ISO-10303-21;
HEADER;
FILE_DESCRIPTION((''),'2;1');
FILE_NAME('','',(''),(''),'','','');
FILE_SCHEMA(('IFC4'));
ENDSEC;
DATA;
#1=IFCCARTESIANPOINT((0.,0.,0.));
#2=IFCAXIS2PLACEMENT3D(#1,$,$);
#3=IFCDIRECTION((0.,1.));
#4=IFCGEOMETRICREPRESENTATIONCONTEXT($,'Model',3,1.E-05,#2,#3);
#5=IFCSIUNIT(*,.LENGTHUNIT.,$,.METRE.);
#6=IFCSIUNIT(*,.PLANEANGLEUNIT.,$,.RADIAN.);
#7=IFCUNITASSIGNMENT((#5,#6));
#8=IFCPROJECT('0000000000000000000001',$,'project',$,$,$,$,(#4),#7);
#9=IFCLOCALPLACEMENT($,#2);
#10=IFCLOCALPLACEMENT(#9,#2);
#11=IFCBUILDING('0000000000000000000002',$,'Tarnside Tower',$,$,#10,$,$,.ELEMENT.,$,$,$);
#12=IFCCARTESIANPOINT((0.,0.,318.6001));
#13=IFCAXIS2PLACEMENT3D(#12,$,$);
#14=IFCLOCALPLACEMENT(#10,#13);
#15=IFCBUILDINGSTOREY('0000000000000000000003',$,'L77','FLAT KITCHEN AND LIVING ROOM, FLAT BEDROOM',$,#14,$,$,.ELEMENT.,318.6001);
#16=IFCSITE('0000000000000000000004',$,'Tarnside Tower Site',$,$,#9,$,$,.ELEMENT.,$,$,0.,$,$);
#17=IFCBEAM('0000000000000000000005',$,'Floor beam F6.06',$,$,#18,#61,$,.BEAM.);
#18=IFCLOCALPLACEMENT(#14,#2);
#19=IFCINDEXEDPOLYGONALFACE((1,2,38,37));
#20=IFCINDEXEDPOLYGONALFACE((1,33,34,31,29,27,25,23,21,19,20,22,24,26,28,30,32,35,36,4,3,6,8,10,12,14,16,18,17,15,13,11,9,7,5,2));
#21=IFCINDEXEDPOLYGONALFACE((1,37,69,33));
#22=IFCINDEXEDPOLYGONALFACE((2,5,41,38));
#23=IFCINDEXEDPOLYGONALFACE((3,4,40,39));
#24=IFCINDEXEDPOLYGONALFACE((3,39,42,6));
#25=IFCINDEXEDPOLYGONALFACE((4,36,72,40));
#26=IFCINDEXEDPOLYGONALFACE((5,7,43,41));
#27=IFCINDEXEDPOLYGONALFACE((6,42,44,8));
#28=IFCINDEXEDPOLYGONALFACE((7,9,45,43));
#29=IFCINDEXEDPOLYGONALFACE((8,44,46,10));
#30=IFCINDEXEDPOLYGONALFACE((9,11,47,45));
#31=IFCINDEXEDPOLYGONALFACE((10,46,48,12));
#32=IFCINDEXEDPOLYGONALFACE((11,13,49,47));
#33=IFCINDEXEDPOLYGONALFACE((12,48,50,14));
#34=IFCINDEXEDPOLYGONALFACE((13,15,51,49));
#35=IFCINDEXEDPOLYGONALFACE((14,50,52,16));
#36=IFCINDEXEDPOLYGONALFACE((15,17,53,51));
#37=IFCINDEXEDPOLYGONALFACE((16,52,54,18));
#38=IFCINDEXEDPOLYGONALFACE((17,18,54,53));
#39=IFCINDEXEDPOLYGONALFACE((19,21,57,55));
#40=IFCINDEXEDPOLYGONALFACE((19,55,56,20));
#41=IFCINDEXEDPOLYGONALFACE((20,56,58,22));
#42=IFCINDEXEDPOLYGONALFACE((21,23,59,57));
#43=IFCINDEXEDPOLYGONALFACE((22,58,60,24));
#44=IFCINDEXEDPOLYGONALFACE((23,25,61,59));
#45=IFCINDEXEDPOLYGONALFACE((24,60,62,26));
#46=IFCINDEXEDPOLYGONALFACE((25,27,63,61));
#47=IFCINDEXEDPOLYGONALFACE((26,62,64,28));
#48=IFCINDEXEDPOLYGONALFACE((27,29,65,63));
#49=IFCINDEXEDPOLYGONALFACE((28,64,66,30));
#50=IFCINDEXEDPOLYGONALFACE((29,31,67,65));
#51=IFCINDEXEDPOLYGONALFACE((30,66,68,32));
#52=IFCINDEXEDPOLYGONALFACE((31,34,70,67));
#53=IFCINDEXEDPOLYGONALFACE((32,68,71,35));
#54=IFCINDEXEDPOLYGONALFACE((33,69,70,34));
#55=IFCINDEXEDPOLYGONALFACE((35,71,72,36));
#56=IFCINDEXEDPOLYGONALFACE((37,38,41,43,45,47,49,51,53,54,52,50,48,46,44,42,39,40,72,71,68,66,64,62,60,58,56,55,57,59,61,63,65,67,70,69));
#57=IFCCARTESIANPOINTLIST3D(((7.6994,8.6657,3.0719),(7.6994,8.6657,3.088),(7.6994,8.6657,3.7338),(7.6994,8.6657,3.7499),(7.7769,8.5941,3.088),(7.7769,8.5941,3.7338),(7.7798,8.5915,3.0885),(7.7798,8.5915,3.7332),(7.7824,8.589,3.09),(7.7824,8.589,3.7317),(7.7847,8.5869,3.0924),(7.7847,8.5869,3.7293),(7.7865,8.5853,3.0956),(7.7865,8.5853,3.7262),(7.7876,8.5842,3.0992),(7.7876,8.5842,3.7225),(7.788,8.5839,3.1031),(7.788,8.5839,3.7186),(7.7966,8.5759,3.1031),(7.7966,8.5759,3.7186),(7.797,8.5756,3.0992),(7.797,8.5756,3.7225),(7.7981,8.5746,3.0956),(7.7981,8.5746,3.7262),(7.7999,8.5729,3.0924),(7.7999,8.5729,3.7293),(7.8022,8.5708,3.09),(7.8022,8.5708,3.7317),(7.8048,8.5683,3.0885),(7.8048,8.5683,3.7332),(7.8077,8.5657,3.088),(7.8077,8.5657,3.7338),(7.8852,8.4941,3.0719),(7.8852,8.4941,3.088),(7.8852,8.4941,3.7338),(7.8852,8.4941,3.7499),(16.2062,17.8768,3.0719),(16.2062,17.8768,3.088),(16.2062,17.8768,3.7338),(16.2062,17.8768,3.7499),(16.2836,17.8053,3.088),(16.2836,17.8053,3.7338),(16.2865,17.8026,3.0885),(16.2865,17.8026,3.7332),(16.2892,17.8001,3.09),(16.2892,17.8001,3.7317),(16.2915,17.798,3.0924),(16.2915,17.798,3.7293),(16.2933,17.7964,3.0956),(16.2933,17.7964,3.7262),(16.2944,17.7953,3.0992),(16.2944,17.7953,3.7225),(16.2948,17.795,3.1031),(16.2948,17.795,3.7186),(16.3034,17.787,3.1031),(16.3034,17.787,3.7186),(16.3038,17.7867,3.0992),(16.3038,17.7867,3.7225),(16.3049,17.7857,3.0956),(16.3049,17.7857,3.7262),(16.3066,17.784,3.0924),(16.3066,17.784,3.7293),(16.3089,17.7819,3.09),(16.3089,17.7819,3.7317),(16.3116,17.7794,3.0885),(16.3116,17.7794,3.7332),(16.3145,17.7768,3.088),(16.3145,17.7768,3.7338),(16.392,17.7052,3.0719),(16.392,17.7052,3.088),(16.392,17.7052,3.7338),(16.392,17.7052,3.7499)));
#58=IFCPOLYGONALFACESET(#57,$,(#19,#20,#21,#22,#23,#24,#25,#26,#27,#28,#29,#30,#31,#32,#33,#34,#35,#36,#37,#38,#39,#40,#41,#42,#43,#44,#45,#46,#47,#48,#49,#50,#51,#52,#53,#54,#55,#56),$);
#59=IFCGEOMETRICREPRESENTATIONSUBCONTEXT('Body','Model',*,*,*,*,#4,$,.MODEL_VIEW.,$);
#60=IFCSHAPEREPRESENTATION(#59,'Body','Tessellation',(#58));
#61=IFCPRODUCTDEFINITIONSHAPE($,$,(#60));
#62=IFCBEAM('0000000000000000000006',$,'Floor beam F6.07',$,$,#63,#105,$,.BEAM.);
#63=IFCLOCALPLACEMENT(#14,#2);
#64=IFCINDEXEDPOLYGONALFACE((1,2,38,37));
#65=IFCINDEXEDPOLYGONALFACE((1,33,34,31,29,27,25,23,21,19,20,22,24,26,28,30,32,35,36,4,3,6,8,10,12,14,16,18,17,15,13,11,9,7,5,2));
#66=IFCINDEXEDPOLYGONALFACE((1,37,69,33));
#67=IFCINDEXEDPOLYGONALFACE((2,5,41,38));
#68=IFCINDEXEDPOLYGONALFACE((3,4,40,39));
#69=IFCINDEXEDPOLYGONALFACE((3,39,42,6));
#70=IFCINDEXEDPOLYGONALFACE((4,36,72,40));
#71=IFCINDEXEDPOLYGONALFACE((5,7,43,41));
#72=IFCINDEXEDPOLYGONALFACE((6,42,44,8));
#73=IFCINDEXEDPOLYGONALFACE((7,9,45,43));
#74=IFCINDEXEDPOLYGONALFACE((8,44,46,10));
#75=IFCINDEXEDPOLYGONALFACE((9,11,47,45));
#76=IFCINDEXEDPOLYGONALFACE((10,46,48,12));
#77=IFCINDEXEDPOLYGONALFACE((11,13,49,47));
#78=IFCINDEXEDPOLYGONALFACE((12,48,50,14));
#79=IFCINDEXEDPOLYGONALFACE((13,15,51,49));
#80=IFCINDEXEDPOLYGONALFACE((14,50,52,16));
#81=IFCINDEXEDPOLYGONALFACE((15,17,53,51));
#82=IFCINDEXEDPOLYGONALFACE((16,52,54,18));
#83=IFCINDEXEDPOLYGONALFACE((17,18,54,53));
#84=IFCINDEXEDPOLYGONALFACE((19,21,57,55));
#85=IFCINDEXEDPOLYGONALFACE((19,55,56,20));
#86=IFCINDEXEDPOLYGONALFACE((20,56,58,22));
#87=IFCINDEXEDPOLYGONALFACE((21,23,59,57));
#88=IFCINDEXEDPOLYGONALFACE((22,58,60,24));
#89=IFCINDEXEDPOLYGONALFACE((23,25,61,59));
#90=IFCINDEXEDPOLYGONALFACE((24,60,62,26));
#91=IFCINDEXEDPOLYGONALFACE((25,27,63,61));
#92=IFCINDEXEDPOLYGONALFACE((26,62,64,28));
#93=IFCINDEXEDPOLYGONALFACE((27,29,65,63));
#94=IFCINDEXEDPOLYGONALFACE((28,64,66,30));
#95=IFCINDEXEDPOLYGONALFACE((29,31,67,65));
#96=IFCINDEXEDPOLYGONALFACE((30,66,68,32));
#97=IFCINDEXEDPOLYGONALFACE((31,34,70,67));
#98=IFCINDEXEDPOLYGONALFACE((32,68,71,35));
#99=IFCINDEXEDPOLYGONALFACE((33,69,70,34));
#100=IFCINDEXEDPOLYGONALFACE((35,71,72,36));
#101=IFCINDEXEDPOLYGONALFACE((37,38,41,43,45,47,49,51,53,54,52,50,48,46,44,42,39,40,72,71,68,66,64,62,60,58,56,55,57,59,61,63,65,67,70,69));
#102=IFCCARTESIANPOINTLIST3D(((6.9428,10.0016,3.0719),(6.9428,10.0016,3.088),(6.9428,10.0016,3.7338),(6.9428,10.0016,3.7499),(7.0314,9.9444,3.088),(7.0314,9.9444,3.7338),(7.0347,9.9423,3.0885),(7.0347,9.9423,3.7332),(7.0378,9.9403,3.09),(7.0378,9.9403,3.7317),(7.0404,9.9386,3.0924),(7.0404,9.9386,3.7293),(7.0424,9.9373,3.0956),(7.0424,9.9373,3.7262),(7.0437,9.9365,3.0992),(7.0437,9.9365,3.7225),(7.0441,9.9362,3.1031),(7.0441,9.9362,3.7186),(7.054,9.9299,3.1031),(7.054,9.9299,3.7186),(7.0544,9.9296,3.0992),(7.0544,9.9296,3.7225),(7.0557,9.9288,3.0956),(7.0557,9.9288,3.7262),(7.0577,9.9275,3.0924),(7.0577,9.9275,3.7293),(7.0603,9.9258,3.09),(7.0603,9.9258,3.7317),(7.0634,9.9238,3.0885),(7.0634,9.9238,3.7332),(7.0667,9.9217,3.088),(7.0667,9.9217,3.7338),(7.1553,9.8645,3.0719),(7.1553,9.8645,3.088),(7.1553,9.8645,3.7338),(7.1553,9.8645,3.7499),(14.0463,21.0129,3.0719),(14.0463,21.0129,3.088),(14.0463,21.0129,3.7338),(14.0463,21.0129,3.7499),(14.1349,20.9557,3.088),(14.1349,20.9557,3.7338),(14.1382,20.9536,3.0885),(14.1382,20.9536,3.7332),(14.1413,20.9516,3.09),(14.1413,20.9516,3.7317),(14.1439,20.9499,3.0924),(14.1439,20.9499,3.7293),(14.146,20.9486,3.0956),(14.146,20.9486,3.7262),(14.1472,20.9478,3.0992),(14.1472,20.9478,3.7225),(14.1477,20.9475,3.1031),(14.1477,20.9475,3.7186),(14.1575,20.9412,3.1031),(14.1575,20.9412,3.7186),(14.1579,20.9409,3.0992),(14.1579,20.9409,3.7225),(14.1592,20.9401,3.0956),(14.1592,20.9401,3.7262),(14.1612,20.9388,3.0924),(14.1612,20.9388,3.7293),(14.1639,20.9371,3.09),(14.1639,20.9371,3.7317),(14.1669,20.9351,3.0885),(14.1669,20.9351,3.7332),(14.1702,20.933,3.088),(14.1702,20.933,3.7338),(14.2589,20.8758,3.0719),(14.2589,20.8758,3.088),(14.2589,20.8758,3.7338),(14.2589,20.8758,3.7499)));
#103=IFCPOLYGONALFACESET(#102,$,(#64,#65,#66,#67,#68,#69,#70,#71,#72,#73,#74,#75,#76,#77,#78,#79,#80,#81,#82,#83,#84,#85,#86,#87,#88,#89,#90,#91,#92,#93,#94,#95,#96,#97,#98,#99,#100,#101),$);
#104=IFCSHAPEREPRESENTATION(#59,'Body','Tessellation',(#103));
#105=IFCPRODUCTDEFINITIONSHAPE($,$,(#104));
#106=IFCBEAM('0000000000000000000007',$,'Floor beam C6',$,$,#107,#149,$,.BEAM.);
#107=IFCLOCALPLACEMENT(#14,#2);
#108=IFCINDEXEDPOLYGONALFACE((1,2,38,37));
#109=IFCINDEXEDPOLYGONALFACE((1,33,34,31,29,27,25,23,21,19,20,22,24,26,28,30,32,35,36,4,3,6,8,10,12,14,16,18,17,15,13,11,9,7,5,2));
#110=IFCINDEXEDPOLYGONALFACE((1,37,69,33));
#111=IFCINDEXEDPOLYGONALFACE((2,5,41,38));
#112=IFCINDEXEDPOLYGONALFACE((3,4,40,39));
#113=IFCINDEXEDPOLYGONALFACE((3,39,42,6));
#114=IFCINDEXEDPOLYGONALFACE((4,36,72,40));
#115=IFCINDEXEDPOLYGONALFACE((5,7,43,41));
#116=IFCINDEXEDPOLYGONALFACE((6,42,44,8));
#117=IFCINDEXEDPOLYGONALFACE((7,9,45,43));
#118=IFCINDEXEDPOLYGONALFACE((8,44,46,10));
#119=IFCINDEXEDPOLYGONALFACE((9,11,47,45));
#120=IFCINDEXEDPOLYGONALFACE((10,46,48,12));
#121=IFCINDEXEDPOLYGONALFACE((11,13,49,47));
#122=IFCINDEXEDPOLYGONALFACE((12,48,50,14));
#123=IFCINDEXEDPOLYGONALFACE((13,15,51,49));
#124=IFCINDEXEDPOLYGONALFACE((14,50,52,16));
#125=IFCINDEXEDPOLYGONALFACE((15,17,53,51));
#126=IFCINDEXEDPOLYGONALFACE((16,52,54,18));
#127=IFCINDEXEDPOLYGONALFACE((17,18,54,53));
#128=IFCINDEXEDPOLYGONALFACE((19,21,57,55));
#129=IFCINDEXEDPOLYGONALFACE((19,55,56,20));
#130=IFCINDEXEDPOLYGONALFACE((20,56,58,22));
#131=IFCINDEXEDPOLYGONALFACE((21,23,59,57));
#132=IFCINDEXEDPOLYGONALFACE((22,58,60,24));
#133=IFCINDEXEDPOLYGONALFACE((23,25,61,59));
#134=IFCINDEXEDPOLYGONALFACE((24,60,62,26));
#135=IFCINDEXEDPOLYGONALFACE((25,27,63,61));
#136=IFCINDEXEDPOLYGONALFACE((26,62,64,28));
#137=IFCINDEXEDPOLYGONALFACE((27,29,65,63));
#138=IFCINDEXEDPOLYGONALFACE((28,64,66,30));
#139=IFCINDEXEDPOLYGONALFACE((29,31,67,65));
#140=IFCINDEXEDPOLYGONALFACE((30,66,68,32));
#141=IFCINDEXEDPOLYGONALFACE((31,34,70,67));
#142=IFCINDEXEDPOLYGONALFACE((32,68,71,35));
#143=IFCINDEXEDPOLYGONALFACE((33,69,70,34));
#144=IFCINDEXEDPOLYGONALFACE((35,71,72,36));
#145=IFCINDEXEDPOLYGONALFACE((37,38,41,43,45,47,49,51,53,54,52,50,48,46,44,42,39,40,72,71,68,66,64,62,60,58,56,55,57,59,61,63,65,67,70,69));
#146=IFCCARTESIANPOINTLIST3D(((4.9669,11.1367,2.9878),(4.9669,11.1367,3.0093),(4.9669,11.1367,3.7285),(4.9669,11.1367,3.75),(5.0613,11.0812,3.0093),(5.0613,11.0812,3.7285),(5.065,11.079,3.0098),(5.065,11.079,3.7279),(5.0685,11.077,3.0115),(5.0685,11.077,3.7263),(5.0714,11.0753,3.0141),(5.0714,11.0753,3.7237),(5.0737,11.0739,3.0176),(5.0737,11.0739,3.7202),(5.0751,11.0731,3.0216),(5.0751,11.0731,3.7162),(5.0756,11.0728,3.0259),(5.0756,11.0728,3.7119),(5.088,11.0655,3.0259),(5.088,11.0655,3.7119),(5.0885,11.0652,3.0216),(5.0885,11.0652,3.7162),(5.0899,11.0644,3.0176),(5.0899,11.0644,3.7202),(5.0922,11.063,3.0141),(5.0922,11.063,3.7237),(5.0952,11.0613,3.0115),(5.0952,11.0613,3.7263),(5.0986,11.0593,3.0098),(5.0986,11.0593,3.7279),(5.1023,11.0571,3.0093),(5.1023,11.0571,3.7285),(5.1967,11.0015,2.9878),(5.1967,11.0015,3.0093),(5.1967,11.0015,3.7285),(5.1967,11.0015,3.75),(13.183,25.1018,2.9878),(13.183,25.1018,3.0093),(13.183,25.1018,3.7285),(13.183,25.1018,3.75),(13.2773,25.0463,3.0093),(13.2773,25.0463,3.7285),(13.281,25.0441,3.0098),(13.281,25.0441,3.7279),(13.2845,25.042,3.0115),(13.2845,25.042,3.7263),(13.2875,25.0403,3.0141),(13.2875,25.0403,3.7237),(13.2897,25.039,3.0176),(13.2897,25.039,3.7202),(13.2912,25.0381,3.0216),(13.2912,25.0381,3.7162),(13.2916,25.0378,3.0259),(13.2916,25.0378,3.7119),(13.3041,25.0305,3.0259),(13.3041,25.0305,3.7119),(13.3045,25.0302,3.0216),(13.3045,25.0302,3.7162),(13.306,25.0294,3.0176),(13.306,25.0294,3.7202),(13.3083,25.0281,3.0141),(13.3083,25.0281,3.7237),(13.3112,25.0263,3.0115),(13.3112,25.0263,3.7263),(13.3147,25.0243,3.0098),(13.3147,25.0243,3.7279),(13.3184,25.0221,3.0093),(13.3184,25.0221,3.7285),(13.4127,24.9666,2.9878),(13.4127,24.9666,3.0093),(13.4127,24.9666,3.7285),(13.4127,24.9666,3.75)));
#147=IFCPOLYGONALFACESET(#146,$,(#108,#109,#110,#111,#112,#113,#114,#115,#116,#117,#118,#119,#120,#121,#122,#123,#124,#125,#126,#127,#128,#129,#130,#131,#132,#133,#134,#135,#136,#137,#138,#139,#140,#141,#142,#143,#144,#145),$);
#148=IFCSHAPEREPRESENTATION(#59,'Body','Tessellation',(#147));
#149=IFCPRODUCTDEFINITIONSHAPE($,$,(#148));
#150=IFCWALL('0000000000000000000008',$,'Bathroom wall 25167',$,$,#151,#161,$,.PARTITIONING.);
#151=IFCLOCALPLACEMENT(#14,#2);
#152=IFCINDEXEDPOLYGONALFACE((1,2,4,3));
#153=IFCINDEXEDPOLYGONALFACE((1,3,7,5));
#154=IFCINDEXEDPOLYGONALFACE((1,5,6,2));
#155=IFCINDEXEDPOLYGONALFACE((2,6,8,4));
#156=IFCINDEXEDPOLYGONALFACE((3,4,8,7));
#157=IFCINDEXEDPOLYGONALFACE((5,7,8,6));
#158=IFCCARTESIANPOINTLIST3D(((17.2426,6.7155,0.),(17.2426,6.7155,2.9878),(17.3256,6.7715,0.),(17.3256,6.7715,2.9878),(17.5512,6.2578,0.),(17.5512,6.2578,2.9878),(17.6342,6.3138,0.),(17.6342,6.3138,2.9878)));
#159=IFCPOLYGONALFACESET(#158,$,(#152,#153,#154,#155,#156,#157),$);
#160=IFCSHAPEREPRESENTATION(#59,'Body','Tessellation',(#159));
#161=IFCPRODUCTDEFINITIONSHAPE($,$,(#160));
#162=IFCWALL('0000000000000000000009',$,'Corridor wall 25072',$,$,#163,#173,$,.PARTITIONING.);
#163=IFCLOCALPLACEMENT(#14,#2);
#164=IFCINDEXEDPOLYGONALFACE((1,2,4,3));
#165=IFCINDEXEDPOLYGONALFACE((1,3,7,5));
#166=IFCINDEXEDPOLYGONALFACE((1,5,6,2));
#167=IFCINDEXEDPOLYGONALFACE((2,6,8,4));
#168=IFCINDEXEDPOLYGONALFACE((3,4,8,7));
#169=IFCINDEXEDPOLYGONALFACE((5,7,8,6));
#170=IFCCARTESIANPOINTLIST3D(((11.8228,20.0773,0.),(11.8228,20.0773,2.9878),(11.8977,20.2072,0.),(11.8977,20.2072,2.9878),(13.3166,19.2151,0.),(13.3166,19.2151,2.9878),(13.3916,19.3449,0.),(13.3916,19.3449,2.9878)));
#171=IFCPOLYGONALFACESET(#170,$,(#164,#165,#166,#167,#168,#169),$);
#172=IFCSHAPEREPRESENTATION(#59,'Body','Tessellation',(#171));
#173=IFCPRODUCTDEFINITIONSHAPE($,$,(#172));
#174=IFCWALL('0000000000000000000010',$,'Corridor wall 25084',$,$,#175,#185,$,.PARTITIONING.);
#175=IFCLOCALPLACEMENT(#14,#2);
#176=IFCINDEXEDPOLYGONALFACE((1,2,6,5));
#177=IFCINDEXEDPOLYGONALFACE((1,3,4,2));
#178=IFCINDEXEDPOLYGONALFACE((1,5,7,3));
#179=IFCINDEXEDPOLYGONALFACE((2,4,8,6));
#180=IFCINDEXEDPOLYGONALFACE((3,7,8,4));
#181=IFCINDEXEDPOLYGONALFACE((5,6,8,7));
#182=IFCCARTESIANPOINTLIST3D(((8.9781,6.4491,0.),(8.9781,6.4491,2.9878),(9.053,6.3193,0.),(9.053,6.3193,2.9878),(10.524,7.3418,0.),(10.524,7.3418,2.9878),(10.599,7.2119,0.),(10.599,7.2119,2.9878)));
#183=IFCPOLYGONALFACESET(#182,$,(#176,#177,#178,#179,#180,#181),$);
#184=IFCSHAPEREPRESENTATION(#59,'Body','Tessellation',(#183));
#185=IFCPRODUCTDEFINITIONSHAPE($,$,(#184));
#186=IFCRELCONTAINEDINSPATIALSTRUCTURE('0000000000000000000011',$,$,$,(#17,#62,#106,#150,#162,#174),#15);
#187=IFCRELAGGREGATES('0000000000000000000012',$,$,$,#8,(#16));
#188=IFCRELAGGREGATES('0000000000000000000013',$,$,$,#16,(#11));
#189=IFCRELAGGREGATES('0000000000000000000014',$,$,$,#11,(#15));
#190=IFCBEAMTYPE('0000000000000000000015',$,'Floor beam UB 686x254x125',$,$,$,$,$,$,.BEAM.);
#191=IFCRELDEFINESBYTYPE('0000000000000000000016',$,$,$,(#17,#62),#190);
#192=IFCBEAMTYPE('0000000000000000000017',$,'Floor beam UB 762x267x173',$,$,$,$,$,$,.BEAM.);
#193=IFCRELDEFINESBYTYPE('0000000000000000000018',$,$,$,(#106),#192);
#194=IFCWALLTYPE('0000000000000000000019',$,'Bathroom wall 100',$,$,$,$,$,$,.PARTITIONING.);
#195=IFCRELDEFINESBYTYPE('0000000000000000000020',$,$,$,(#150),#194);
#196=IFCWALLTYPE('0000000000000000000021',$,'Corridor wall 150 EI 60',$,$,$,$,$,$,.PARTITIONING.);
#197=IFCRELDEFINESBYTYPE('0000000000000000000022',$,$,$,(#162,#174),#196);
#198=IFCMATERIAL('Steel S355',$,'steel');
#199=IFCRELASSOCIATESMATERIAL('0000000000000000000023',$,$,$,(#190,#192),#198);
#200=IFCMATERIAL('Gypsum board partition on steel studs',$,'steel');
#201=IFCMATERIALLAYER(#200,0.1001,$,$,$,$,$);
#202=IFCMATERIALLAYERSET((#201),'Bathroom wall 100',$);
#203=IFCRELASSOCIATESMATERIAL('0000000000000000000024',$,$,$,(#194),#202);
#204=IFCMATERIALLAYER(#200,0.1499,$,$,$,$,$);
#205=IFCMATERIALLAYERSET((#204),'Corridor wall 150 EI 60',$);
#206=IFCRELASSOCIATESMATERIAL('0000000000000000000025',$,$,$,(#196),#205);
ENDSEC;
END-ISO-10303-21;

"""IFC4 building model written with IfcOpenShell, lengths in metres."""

from ifc_helpers import new_model, si_unit, direction, frame, frame_2d, origin, origin_2d, place, context, subcontext, project, spatial, rectangle, i_section, extrude, material, layer, layer_set, material_profile, profile_set, type_object, element, save


model = new_model("IFC4")

# Units and contexts
model_context = context("Model", 3, precision=1e-05, world=origin(), true_north=direction((0.0, 1.0)))
body_context = subcontext(model_context, "Body", "Model", "MODEL_VIEW")
ifc_project = project(units=[si_unit("LENGTHUNIT", "METRE"), si_unit("PLANEANGLEUNIT", "RADIAN")], contexts=[model_context])

# Site, building, storey
site_placement = place(None, origin())
site = spatial("IfcSite", under=ifc_project, at=site_placement, Name="Tarnside Tower Site", CompositionType="ELEMENT", RefElevation=0.0)
building_placement = place(site_placement, origin())
building = spatial("IfcBuilding", under=site, at=building_placement, Name="Tarnside Tower", CompositionType="ELEMENT")
storey_placement = place(building_placement, frame((0.0, 0.0, 318.6001)))
storey = spatial("IfcBuildingStorey", under=building, at=storey_placement, Name="L77", Description="FLAT KITCHEN AND LIVING ROOM, FLAT BEDROOM", CompositionType="ELEMENT", Elevation=318.6001)

# Beams
ifc_material_1 = material(Name="Steel S355", Category="steel")
ifc_material_profile_1 = material_profile(ifc_material_1, i_section(OverallWidth=0.2529, OverallDepth=0.678, WebThickness=0.0117, FlangeThickness=0.0161, FilletRadius=0.0151, at=origin_2d()), Name="UB 686x254x125")
ifc_profile_set_1 = profile_set([ifc_material_profile_1], Name="Steel S355")
beam_type_1 = type_object("IfcBeamType", Name="Floor beam UB 686x254x125", PredefinedType="BEAM", material=ifc_profile_set_1)
beam_1_placement = place(storey_placement, frame((16.2991, 17.791, 3.4109), z_axis=(-0.678461, -0.734636, 0.0), x_axis=(0.734636, -0.678461, 0.0)))
element("IfcBeam", 1, at=beam_1_placement, inside=storey, type_object=beam_type_1, Name="Floor beam F6.06", PredefinedType="BEAM", context=body_context, shape_type="SweptSolid", body=[
    extrude(i_section(OverallWidth=0.2529, OverallDepth=0.678, WebThickness=0.0117, FlangeThickness=0.0161, FilletRadius=0.0151, at=origin_2d()), origin(), (0.0, 0.0, 1.0), 12.5383),
])
beam_2_placement = place(storey_placement, frame((14.1526, 20.9443, 3.4109), z_axis=(-0.5421, -0.840314, 0.0), x_axis=(0.840314, -0.5421, 0.0)))
element("IfcBeam", 2, at=beam_2_placement, inside=storey, type_object=beam_type_1, Name="Floor beam F6.07", PredefinedType="BEAM", context=body_context, shape_type="SweptSolid", body=[
    extrude(i_section(OverallWidth=0.2529, OverallDepth=0.678, WebThickness=0.0117, FlangeThickness=0.0161, FilletRadius=0.0151, at=origin_2d()), origin(), (0.0, 0.0, 1.0), 13.1038),
])
ifc_material_profile_2 = material_profile(ifc_material_1, i_section(OverallWidth=0.2666, OverallDepth=0.7622, WebThickness=0.0144, FlangeThickness=0.0215, FilletRadius=0.0166, at=origin_2d()), Name="UB 762x267x173")
ifc_profile_set_2 = profile_set([ifc_material_profile_2], Name="Steel S355")
beam_type_2 = type_object("IfcBeamType", Name="Floor beam UB 762x267x173", PredefinedType="BEAM", material=ifc_profile_set_2)
beam_3_placement = place(storey_placement, frame((13.2979, 25.0342, 3.3689), z_axis=(-0.50708, -0.861899, 0.0), x_axis=(0.861899, -0.50708, 0.0)))
element("IfcBeam", 3, at=beam_3_placement, inside=storey, type_object=beam_type_2, Name="Floor beam C6", PredefinedType="BEAM", context=body_context, shape_type="SweptSolid", body=[
    extrude(i_section(OverallWidth=0.2666, OverallDepth=0.7622, WebThickness=0.0144, FlangeThickness=0.0215, FilletRadius=0.0166, at=origin_2d()), origin(), (0.0, 0.0, 1.0), 16.2026),
])

# Walls
ifc_material_2 = material(Name="Gypsum board partition on steel studs", Category="steel")
ifc_layer_1 = layer(ifc_material_2, 0.1001)
ifc_layer_set_1 = layer_set([ifc_layer_1], Name="Bathroom wall 100")
wall_type_1 = type_object("IfcWallType", Name="Bathroom wall 100", PredefinedType="PARTITIONING", material=ifc_layer_set_1)
wall_1_placement = place(storey_placement, frame((17.2842, 6.7434, 0.0), z_axis=(0.0, 0.0, 1.0), x_axis=(0.558979, -0.829182, 0.0)))
element("IfcWall", 4, at=wall_1_placement, inside=storey, type_object=wall_type_1, Name="Bathroom wall 25167", PredefinedType="PARTITIONING", context=body_context, shape_type="SweptSolid", body=[
    extrude(rectangle(XDim=0.552, YDim=0.1001, at=frame_2d((0.2759, 0.0))), origin(), (0.0, 0.0, 1.0), 2.9878),
])
ifc_layer_2 = layer(ifc_material_2, 0.1499)
ifc_layer_set_2 = layer_set([ifc_layer_2], Name="Corridor wall 150 EI 60")
wall_type_2 = type_object("IfcWallType", Name="Corridor wall 150 EI 60", PredefinedType="PARTITIONING", material=ifc_layer_set_2)
wall_2_placement = place(storey_placement, frame((13.354, 19.28, 0.0), z_axis=(0.0, 0.0, 1.0), x_axis=(-0.866075, 0.499914, 0.0)))
element("IfcWall", 5, at=wall_2_placement, inside=storey, type_object=wall_type_2, Name="Corridor wall 25072", PredefinedType="PARTITIONING", context=body_context, shape_type="SweptSolid", body=[
    extrude(rectangle(XDim=1.7249, YDim=0.1499, at=frame_2d((0.8623, 0.0))), origin(), (0.0, 0.0, 1.0), 2.9878),
])
wall_3_placement = place(storey_placement, frame((10.5615, 7.2769, 0.0), z_axis=(0.0, 0.0, 1.0), x_axis=(-0.866012, -0.500022, 0.0)))
element("IfcWall", 6, at=wall_3_placement, inside=storey, type_object=wall_type_2, Name="Corridor wall 25084", PredefinedType="PARTITIONING", context=body_context, shape_type="SweptSolid", body=[
    extrude(rectangle(XDim=1.7852, YDim=0.1499, at=frame_2d((0.8926, 0.0))), origin(), (0.0, 0.0, 1.0), 2.9878),
])

save(model, "model.ifc")
